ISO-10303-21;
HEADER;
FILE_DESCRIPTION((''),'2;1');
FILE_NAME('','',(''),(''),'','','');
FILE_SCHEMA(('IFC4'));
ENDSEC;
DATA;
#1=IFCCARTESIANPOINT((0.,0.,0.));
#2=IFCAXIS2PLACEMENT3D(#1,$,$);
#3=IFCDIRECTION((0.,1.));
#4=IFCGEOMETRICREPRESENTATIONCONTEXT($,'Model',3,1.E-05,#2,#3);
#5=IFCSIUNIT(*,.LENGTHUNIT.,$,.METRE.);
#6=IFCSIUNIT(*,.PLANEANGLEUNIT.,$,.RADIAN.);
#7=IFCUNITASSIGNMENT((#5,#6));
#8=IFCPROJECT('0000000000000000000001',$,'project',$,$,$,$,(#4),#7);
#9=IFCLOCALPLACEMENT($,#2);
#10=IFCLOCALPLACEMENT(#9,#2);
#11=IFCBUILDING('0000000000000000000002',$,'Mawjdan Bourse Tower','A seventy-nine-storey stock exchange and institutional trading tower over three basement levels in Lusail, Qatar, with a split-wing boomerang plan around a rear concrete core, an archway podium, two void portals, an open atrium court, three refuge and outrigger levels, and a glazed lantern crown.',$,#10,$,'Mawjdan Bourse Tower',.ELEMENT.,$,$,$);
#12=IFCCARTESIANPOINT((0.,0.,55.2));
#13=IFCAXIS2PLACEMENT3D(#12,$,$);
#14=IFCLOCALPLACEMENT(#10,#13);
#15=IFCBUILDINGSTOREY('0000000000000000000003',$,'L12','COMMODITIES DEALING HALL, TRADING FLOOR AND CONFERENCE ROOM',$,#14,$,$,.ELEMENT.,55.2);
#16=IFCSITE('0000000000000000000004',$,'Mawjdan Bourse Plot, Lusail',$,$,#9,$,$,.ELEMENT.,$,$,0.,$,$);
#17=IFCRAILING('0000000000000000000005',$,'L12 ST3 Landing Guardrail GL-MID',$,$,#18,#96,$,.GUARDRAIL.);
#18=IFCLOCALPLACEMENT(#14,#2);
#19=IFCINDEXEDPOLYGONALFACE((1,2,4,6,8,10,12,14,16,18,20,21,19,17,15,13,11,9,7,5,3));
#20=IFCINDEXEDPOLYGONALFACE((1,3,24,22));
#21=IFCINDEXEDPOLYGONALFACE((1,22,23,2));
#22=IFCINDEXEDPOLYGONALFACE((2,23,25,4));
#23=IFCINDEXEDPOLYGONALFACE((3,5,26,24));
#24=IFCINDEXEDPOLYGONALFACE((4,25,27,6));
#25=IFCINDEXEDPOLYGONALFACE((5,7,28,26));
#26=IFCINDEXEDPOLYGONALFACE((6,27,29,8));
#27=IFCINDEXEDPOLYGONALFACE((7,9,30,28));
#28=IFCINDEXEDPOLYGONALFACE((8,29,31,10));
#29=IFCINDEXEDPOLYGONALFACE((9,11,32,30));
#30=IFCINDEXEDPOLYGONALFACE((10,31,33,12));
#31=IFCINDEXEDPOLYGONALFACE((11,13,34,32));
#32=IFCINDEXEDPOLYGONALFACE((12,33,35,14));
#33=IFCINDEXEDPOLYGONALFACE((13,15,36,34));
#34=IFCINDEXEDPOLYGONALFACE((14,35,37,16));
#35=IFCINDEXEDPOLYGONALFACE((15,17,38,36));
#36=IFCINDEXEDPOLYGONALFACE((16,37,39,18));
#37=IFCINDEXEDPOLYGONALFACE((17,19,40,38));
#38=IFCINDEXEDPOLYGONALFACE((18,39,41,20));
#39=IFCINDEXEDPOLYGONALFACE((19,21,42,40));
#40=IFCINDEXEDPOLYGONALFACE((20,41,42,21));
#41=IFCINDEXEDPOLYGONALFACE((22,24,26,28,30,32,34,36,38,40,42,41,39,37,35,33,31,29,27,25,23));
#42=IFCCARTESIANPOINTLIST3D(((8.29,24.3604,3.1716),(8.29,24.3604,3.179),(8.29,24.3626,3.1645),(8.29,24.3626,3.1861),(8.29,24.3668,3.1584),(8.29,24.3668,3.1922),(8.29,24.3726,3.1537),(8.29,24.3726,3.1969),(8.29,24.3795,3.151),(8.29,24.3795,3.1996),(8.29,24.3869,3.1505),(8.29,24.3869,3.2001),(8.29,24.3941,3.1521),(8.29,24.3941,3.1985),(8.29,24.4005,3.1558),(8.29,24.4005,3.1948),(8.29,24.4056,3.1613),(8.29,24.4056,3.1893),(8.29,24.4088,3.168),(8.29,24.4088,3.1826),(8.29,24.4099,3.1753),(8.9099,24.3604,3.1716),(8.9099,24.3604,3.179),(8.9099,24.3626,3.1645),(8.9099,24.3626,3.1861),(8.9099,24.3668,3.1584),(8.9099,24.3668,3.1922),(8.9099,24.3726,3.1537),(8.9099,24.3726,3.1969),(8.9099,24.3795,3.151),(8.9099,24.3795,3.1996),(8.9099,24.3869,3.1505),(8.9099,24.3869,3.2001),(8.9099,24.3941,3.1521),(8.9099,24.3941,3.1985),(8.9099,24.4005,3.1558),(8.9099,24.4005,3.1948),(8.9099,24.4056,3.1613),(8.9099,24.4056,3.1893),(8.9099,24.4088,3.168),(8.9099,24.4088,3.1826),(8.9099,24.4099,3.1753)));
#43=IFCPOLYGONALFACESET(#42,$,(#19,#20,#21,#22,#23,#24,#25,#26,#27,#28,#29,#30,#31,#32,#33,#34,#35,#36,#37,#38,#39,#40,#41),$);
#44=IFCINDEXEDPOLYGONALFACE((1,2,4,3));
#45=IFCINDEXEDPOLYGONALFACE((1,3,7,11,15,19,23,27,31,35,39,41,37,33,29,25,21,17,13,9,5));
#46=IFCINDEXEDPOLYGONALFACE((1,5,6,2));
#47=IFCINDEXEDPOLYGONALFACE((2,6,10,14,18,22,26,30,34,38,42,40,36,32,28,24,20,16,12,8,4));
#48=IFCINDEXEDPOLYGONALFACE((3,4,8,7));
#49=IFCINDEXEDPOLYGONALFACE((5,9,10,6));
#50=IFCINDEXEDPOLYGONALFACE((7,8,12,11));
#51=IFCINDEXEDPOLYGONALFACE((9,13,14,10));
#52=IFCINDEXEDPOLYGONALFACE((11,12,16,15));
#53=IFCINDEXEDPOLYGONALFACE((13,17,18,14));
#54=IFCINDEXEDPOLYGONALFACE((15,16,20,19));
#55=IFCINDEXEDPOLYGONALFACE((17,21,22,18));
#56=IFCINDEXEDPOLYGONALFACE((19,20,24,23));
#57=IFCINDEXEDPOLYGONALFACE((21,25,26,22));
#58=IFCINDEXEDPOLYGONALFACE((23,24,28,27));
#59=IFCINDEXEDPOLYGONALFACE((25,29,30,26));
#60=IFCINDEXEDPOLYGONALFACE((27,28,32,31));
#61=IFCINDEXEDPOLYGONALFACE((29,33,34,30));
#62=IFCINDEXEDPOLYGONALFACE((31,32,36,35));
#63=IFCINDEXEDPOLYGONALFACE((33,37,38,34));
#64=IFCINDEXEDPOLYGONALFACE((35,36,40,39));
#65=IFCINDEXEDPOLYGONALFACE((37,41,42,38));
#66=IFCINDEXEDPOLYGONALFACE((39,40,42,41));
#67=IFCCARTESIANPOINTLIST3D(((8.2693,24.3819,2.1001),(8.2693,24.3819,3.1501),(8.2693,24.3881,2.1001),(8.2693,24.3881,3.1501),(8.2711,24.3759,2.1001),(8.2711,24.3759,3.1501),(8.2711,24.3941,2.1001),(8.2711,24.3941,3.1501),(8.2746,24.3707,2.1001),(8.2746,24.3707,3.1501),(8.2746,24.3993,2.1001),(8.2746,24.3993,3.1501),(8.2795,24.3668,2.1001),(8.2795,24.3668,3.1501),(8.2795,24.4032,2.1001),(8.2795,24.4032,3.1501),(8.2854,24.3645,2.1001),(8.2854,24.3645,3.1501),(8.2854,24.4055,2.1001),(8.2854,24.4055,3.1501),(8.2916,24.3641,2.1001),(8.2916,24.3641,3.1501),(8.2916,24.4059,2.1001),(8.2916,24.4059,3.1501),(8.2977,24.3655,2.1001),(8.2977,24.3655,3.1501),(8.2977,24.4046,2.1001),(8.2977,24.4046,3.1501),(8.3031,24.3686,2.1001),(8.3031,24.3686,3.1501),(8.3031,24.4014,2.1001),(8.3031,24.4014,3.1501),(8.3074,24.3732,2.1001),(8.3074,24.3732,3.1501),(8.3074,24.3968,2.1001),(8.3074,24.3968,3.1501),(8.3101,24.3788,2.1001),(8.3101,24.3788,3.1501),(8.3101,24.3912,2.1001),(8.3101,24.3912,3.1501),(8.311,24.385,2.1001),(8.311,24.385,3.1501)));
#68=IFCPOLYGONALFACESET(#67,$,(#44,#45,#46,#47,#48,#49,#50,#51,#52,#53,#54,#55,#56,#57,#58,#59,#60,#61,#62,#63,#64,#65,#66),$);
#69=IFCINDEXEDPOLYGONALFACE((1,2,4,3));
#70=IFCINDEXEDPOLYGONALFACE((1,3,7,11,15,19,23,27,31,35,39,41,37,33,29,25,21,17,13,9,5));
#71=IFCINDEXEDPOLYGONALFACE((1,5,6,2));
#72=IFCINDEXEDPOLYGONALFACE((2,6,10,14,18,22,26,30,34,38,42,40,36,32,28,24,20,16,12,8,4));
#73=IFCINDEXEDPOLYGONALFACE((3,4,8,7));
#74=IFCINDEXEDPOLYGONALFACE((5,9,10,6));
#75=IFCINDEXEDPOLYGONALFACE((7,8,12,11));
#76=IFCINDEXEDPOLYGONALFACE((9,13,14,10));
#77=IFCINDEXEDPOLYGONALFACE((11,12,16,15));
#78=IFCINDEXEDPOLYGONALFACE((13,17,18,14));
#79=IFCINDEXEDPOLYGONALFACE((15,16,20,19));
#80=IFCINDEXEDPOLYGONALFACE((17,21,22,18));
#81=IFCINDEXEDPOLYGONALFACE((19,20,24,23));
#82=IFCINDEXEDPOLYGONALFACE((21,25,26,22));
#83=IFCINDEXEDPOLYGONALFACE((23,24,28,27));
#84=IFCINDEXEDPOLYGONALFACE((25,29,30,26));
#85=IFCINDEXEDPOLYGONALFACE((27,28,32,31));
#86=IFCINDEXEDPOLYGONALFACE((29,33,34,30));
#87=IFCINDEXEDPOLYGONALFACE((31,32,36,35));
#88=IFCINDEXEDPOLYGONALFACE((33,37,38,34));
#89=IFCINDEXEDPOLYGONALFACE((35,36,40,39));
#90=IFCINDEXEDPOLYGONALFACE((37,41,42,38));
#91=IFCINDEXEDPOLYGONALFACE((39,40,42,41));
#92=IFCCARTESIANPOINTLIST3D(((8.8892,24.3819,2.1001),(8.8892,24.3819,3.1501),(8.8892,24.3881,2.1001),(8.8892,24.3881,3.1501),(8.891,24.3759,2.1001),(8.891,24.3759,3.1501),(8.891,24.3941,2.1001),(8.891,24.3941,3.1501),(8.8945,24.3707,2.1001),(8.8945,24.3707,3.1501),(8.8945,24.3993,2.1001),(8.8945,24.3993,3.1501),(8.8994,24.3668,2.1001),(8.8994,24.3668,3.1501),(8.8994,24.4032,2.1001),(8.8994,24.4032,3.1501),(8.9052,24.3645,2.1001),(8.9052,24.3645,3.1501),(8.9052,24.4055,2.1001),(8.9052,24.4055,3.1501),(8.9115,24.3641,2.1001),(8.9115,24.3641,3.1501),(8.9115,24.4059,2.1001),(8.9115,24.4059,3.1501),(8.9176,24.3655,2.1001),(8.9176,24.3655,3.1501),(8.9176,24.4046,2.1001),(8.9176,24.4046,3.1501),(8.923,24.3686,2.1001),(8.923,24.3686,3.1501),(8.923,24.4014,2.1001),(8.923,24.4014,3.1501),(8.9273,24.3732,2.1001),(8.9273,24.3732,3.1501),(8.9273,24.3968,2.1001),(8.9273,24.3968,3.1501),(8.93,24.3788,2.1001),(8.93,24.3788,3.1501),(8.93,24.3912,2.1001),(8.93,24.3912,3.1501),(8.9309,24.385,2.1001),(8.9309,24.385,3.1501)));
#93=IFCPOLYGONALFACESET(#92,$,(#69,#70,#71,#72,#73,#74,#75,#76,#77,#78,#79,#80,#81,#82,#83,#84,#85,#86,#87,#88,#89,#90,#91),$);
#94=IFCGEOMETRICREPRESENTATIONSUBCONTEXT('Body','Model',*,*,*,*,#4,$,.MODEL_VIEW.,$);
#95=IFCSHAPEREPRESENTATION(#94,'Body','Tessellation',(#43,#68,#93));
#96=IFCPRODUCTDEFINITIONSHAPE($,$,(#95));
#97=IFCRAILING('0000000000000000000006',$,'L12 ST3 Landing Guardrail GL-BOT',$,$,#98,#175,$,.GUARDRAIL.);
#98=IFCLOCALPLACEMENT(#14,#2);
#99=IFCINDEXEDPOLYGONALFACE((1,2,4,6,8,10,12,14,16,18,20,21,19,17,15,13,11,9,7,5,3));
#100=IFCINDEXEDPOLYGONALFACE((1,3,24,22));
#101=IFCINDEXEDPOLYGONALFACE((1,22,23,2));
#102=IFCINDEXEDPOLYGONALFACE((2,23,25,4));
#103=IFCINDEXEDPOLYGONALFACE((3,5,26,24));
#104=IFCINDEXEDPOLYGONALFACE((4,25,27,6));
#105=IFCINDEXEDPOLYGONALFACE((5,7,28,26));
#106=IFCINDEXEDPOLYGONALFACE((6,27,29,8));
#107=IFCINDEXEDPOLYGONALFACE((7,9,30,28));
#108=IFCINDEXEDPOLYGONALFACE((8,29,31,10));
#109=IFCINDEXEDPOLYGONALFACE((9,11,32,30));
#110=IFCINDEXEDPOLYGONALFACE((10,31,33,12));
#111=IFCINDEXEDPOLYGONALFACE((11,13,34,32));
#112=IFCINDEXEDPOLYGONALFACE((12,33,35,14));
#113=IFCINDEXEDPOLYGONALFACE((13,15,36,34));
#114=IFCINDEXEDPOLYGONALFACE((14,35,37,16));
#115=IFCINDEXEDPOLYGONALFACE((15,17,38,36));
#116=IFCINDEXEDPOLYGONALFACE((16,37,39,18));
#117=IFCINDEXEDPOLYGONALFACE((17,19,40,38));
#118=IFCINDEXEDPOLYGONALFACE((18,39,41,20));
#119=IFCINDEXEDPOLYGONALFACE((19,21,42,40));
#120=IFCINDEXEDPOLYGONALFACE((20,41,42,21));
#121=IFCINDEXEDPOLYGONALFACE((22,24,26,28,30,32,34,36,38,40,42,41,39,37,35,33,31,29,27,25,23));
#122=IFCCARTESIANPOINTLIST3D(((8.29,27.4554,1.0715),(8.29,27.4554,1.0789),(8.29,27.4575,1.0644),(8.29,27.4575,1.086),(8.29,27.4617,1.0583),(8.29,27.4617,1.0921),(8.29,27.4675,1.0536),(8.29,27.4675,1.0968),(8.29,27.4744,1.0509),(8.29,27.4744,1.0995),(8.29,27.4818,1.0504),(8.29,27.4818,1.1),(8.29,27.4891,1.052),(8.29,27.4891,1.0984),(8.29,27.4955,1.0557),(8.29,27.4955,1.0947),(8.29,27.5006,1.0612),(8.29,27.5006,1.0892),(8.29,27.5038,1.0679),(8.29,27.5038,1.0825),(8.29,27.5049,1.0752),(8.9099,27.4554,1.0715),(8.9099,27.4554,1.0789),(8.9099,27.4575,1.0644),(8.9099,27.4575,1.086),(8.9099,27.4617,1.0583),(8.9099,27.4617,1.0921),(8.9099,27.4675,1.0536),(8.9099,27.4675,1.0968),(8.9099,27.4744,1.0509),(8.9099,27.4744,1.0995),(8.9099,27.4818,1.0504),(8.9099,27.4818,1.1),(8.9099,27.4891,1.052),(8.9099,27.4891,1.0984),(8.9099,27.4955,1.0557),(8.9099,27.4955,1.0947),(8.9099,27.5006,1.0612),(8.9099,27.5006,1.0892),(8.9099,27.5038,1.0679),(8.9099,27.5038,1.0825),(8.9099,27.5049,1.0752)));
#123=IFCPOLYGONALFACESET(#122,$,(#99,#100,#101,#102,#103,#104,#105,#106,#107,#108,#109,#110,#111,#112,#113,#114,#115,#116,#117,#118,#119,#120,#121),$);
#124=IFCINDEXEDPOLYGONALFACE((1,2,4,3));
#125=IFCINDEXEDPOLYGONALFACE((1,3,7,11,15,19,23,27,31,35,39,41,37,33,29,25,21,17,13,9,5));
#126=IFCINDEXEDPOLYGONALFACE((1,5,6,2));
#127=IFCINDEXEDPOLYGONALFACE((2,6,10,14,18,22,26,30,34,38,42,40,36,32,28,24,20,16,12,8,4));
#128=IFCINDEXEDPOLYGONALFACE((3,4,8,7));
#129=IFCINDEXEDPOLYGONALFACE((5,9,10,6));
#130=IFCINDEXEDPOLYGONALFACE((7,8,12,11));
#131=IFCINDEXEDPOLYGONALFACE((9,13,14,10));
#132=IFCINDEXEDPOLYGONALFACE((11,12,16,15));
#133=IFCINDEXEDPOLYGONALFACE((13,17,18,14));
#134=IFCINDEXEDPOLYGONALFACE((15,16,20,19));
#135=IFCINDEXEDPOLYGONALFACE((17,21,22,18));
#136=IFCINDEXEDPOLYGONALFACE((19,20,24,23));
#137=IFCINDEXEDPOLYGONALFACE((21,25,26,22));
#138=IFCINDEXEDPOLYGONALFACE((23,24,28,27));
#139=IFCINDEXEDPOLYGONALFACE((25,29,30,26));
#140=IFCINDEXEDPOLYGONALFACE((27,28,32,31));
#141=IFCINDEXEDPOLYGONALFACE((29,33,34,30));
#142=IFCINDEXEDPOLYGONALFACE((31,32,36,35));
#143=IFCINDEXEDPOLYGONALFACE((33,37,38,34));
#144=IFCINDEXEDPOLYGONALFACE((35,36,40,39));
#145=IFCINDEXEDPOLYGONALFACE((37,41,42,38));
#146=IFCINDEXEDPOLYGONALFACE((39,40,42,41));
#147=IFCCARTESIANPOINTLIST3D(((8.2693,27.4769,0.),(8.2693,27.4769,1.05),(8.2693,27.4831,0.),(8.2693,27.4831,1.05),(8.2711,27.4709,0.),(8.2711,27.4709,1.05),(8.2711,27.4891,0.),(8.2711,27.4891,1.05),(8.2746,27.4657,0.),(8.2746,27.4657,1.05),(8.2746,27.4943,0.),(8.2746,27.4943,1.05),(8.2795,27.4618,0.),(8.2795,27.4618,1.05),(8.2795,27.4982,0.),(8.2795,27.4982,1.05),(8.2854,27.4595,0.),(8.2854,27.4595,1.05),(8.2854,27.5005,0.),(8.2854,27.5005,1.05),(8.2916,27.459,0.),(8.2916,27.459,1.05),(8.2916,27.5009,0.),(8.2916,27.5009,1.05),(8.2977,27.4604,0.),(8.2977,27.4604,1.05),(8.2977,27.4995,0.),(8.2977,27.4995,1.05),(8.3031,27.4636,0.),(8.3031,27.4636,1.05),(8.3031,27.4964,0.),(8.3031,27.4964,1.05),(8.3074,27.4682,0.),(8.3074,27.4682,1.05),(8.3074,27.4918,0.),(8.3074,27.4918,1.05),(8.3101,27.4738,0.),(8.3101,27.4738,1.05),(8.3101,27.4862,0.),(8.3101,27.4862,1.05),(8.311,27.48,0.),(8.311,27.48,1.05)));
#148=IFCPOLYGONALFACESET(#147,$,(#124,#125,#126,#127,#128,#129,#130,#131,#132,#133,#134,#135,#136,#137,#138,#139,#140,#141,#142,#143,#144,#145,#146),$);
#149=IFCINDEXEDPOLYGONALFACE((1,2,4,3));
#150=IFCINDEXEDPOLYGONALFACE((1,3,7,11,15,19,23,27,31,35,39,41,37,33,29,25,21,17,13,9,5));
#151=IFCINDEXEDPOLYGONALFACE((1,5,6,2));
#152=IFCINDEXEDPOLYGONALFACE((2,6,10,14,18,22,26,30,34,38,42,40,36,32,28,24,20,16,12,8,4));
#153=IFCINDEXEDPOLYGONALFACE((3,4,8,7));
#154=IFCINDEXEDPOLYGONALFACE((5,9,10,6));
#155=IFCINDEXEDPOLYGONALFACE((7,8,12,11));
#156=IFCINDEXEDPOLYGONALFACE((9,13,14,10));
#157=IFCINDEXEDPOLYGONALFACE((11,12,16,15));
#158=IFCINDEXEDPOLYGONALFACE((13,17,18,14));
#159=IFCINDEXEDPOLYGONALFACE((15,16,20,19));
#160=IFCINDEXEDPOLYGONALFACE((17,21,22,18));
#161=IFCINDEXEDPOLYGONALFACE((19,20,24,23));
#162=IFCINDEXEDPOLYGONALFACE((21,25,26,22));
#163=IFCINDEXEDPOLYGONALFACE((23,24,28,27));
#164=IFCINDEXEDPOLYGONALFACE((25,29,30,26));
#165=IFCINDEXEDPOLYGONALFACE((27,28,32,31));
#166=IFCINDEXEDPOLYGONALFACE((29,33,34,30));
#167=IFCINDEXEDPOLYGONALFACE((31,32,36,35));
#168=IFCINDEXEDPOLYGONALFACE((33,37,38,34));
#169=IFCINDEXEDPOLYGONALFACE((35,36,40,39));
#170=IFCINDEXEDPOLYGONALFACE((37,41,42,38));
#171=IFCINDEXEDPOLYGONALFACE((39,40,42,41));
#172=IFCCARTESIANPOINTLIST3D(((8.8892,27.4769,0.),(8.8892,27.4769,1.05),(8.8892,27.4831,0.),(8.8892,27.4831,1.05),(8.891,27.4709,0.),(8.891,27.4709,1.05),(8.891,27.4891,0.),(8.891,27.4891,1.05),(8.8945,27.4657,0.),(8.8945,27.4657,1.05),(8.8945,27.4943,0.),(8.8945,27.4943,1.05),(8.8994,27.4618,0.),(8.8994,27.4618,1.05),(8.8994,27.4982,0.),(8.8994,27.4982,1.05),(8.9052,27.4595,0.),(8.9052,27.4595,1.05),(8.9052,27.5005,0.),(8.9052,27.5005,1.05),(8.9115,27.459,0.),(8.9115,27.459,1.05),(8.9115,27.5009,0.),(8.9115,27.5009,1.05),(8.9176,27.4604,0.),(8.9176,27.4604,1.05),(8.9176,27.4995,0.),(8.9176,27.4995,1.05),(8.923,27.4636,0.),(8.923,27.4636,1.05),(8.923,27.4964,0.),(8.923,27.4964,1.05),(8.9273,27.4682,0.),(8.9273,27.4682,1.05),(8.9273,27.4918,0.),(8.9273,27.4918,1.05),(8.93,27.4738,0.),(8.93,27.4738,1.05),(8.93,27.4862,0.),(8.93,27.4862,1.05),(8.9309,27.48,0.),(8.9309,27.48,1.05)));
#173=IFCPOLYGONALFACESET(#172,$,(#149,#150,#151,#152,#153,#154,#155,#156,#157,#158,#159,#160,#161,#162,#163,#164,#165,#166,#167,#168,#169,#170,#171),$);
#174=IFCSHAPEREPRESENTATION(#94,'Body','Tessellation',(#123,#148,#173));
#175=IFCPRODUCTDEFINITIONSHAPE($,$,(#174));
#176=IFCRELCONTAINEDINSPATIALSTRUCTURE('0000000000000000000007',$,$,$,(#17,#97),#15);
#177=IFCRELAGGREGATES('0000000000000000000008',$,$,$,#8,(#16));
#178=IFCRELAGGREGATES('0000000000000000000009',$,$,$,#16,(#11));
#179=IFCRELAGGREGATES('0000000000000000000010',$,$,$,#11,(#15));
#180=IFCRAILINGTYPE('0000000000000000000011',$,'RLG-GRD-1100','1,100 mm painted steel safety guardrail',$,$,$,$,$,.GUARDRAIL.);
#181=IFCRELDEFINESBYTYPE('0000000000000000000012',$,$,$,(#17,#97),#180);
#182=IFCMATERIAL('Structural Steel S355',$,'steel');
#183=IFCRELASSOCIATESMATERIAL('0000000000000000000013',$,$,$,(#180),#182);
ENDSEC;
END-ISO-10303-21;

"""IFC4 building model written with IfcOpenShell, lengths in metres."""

from ifc_helpers import new_model, si_unit, direction, frame, origin, origin_2d, place, context, subcontext, project, spatial, circle, extrude, material, type_object, element, save


model = new_model("IFC4")

# Units and contexts
model_context = context("Model", 3, precision=1e-05, world=origin(), true_north=direction((0.0, 1.0)))
body_context = subcontext(model_context, "Body", "Model", "MODEL_VIEW")
ifc_project = project(units=[si_unit("LENGTHUNIT", "METRE"), si_unit("PLANEANGLEUNIT", "RADIAN")], contexts=[model_context])

# Site, building, storey
site_placement = place(None, origin())
site = spatial("IfcSite", under=ifc_project, at=site_placement, Name="Mawjdan Bourse Plot, Lusail", CompositionType="ELEMENT", RefElevation=0.0)
building_placement = place(site_placement, origin())
building = spatial("IfcBuilding", under=site, at=building_placement, Name="Mawjdan Bourse Tower", Description="A seventy-nine-storey stock exchange and institutional trading tower over three basement levels in Lusail, Qatar, with a split-wing boomerang plan around a rear concrete core, an archway podium, two void portals, an open atrium court, three refuge and outrigger levels, and a glazed lantern crown.", LongName="Mawjdan Bourse Tower", CompositionType="ELEMENT")
storey_placement = place(building_placement, frame((0.0, 0.0, 55.2)))
storey = spatial("IfcBuildingStorey", under=building, at=storey_placement, Name="L12", Description="COMMODITIES DEALING HALL, TRADING FLOOR AND CONFERENCE ROOM", CompositionType="ELEMENT", Elevation=55.2)

# Shared definitions
ifc_material_1 = material(Name="Structural Steel S355", Category="steel")

# Railings
railing_type_1 = type_object("IfcRailingType", Name="RLG-GRD-1100", Description="1,100 mm painted steel safety guardrail", PredefinedType="GUARDRAIL", material=ifc_material_1)
for number, where, name in (
    (1, (8.29, 24.385, 2.1001), "L12 ST3 Landing Guardrail GL-MID"),
    (2, (8.29, 27.48, 0.0), "L12 ST3 Landing Guardrail GL-BOT"),
):
    element("IfcRailing", number, at=place(storey_placement, frame(where)), inside=storey, type_object=railing_type_1, Name=name, PredefinedType="GUARDRAIL", context=body_context, shape_type="SweptSolid", body=[
        extrude(circle(Radius=0.0249, at=origin_2d()), frame((0.0, 0.0, 1.0752), z_axis=(1.0, 0.0, 0.0), x_axis=(0.0, 1.0, 0.0)), (0.0, 0.0, 1.0), 0.6199),
        extrude(circle(Radius=0.021, at=origin_2d()), origin(), (0.0, 0.0, 1.0), 1.05),
        extrude(circle(Radius=0.021, at=origin_2d()), frame((0.6199, 0.0, 0.0)), (0.0, 0.0, 1.0), 1.05),
    ])

save(model, "model.ifc")
